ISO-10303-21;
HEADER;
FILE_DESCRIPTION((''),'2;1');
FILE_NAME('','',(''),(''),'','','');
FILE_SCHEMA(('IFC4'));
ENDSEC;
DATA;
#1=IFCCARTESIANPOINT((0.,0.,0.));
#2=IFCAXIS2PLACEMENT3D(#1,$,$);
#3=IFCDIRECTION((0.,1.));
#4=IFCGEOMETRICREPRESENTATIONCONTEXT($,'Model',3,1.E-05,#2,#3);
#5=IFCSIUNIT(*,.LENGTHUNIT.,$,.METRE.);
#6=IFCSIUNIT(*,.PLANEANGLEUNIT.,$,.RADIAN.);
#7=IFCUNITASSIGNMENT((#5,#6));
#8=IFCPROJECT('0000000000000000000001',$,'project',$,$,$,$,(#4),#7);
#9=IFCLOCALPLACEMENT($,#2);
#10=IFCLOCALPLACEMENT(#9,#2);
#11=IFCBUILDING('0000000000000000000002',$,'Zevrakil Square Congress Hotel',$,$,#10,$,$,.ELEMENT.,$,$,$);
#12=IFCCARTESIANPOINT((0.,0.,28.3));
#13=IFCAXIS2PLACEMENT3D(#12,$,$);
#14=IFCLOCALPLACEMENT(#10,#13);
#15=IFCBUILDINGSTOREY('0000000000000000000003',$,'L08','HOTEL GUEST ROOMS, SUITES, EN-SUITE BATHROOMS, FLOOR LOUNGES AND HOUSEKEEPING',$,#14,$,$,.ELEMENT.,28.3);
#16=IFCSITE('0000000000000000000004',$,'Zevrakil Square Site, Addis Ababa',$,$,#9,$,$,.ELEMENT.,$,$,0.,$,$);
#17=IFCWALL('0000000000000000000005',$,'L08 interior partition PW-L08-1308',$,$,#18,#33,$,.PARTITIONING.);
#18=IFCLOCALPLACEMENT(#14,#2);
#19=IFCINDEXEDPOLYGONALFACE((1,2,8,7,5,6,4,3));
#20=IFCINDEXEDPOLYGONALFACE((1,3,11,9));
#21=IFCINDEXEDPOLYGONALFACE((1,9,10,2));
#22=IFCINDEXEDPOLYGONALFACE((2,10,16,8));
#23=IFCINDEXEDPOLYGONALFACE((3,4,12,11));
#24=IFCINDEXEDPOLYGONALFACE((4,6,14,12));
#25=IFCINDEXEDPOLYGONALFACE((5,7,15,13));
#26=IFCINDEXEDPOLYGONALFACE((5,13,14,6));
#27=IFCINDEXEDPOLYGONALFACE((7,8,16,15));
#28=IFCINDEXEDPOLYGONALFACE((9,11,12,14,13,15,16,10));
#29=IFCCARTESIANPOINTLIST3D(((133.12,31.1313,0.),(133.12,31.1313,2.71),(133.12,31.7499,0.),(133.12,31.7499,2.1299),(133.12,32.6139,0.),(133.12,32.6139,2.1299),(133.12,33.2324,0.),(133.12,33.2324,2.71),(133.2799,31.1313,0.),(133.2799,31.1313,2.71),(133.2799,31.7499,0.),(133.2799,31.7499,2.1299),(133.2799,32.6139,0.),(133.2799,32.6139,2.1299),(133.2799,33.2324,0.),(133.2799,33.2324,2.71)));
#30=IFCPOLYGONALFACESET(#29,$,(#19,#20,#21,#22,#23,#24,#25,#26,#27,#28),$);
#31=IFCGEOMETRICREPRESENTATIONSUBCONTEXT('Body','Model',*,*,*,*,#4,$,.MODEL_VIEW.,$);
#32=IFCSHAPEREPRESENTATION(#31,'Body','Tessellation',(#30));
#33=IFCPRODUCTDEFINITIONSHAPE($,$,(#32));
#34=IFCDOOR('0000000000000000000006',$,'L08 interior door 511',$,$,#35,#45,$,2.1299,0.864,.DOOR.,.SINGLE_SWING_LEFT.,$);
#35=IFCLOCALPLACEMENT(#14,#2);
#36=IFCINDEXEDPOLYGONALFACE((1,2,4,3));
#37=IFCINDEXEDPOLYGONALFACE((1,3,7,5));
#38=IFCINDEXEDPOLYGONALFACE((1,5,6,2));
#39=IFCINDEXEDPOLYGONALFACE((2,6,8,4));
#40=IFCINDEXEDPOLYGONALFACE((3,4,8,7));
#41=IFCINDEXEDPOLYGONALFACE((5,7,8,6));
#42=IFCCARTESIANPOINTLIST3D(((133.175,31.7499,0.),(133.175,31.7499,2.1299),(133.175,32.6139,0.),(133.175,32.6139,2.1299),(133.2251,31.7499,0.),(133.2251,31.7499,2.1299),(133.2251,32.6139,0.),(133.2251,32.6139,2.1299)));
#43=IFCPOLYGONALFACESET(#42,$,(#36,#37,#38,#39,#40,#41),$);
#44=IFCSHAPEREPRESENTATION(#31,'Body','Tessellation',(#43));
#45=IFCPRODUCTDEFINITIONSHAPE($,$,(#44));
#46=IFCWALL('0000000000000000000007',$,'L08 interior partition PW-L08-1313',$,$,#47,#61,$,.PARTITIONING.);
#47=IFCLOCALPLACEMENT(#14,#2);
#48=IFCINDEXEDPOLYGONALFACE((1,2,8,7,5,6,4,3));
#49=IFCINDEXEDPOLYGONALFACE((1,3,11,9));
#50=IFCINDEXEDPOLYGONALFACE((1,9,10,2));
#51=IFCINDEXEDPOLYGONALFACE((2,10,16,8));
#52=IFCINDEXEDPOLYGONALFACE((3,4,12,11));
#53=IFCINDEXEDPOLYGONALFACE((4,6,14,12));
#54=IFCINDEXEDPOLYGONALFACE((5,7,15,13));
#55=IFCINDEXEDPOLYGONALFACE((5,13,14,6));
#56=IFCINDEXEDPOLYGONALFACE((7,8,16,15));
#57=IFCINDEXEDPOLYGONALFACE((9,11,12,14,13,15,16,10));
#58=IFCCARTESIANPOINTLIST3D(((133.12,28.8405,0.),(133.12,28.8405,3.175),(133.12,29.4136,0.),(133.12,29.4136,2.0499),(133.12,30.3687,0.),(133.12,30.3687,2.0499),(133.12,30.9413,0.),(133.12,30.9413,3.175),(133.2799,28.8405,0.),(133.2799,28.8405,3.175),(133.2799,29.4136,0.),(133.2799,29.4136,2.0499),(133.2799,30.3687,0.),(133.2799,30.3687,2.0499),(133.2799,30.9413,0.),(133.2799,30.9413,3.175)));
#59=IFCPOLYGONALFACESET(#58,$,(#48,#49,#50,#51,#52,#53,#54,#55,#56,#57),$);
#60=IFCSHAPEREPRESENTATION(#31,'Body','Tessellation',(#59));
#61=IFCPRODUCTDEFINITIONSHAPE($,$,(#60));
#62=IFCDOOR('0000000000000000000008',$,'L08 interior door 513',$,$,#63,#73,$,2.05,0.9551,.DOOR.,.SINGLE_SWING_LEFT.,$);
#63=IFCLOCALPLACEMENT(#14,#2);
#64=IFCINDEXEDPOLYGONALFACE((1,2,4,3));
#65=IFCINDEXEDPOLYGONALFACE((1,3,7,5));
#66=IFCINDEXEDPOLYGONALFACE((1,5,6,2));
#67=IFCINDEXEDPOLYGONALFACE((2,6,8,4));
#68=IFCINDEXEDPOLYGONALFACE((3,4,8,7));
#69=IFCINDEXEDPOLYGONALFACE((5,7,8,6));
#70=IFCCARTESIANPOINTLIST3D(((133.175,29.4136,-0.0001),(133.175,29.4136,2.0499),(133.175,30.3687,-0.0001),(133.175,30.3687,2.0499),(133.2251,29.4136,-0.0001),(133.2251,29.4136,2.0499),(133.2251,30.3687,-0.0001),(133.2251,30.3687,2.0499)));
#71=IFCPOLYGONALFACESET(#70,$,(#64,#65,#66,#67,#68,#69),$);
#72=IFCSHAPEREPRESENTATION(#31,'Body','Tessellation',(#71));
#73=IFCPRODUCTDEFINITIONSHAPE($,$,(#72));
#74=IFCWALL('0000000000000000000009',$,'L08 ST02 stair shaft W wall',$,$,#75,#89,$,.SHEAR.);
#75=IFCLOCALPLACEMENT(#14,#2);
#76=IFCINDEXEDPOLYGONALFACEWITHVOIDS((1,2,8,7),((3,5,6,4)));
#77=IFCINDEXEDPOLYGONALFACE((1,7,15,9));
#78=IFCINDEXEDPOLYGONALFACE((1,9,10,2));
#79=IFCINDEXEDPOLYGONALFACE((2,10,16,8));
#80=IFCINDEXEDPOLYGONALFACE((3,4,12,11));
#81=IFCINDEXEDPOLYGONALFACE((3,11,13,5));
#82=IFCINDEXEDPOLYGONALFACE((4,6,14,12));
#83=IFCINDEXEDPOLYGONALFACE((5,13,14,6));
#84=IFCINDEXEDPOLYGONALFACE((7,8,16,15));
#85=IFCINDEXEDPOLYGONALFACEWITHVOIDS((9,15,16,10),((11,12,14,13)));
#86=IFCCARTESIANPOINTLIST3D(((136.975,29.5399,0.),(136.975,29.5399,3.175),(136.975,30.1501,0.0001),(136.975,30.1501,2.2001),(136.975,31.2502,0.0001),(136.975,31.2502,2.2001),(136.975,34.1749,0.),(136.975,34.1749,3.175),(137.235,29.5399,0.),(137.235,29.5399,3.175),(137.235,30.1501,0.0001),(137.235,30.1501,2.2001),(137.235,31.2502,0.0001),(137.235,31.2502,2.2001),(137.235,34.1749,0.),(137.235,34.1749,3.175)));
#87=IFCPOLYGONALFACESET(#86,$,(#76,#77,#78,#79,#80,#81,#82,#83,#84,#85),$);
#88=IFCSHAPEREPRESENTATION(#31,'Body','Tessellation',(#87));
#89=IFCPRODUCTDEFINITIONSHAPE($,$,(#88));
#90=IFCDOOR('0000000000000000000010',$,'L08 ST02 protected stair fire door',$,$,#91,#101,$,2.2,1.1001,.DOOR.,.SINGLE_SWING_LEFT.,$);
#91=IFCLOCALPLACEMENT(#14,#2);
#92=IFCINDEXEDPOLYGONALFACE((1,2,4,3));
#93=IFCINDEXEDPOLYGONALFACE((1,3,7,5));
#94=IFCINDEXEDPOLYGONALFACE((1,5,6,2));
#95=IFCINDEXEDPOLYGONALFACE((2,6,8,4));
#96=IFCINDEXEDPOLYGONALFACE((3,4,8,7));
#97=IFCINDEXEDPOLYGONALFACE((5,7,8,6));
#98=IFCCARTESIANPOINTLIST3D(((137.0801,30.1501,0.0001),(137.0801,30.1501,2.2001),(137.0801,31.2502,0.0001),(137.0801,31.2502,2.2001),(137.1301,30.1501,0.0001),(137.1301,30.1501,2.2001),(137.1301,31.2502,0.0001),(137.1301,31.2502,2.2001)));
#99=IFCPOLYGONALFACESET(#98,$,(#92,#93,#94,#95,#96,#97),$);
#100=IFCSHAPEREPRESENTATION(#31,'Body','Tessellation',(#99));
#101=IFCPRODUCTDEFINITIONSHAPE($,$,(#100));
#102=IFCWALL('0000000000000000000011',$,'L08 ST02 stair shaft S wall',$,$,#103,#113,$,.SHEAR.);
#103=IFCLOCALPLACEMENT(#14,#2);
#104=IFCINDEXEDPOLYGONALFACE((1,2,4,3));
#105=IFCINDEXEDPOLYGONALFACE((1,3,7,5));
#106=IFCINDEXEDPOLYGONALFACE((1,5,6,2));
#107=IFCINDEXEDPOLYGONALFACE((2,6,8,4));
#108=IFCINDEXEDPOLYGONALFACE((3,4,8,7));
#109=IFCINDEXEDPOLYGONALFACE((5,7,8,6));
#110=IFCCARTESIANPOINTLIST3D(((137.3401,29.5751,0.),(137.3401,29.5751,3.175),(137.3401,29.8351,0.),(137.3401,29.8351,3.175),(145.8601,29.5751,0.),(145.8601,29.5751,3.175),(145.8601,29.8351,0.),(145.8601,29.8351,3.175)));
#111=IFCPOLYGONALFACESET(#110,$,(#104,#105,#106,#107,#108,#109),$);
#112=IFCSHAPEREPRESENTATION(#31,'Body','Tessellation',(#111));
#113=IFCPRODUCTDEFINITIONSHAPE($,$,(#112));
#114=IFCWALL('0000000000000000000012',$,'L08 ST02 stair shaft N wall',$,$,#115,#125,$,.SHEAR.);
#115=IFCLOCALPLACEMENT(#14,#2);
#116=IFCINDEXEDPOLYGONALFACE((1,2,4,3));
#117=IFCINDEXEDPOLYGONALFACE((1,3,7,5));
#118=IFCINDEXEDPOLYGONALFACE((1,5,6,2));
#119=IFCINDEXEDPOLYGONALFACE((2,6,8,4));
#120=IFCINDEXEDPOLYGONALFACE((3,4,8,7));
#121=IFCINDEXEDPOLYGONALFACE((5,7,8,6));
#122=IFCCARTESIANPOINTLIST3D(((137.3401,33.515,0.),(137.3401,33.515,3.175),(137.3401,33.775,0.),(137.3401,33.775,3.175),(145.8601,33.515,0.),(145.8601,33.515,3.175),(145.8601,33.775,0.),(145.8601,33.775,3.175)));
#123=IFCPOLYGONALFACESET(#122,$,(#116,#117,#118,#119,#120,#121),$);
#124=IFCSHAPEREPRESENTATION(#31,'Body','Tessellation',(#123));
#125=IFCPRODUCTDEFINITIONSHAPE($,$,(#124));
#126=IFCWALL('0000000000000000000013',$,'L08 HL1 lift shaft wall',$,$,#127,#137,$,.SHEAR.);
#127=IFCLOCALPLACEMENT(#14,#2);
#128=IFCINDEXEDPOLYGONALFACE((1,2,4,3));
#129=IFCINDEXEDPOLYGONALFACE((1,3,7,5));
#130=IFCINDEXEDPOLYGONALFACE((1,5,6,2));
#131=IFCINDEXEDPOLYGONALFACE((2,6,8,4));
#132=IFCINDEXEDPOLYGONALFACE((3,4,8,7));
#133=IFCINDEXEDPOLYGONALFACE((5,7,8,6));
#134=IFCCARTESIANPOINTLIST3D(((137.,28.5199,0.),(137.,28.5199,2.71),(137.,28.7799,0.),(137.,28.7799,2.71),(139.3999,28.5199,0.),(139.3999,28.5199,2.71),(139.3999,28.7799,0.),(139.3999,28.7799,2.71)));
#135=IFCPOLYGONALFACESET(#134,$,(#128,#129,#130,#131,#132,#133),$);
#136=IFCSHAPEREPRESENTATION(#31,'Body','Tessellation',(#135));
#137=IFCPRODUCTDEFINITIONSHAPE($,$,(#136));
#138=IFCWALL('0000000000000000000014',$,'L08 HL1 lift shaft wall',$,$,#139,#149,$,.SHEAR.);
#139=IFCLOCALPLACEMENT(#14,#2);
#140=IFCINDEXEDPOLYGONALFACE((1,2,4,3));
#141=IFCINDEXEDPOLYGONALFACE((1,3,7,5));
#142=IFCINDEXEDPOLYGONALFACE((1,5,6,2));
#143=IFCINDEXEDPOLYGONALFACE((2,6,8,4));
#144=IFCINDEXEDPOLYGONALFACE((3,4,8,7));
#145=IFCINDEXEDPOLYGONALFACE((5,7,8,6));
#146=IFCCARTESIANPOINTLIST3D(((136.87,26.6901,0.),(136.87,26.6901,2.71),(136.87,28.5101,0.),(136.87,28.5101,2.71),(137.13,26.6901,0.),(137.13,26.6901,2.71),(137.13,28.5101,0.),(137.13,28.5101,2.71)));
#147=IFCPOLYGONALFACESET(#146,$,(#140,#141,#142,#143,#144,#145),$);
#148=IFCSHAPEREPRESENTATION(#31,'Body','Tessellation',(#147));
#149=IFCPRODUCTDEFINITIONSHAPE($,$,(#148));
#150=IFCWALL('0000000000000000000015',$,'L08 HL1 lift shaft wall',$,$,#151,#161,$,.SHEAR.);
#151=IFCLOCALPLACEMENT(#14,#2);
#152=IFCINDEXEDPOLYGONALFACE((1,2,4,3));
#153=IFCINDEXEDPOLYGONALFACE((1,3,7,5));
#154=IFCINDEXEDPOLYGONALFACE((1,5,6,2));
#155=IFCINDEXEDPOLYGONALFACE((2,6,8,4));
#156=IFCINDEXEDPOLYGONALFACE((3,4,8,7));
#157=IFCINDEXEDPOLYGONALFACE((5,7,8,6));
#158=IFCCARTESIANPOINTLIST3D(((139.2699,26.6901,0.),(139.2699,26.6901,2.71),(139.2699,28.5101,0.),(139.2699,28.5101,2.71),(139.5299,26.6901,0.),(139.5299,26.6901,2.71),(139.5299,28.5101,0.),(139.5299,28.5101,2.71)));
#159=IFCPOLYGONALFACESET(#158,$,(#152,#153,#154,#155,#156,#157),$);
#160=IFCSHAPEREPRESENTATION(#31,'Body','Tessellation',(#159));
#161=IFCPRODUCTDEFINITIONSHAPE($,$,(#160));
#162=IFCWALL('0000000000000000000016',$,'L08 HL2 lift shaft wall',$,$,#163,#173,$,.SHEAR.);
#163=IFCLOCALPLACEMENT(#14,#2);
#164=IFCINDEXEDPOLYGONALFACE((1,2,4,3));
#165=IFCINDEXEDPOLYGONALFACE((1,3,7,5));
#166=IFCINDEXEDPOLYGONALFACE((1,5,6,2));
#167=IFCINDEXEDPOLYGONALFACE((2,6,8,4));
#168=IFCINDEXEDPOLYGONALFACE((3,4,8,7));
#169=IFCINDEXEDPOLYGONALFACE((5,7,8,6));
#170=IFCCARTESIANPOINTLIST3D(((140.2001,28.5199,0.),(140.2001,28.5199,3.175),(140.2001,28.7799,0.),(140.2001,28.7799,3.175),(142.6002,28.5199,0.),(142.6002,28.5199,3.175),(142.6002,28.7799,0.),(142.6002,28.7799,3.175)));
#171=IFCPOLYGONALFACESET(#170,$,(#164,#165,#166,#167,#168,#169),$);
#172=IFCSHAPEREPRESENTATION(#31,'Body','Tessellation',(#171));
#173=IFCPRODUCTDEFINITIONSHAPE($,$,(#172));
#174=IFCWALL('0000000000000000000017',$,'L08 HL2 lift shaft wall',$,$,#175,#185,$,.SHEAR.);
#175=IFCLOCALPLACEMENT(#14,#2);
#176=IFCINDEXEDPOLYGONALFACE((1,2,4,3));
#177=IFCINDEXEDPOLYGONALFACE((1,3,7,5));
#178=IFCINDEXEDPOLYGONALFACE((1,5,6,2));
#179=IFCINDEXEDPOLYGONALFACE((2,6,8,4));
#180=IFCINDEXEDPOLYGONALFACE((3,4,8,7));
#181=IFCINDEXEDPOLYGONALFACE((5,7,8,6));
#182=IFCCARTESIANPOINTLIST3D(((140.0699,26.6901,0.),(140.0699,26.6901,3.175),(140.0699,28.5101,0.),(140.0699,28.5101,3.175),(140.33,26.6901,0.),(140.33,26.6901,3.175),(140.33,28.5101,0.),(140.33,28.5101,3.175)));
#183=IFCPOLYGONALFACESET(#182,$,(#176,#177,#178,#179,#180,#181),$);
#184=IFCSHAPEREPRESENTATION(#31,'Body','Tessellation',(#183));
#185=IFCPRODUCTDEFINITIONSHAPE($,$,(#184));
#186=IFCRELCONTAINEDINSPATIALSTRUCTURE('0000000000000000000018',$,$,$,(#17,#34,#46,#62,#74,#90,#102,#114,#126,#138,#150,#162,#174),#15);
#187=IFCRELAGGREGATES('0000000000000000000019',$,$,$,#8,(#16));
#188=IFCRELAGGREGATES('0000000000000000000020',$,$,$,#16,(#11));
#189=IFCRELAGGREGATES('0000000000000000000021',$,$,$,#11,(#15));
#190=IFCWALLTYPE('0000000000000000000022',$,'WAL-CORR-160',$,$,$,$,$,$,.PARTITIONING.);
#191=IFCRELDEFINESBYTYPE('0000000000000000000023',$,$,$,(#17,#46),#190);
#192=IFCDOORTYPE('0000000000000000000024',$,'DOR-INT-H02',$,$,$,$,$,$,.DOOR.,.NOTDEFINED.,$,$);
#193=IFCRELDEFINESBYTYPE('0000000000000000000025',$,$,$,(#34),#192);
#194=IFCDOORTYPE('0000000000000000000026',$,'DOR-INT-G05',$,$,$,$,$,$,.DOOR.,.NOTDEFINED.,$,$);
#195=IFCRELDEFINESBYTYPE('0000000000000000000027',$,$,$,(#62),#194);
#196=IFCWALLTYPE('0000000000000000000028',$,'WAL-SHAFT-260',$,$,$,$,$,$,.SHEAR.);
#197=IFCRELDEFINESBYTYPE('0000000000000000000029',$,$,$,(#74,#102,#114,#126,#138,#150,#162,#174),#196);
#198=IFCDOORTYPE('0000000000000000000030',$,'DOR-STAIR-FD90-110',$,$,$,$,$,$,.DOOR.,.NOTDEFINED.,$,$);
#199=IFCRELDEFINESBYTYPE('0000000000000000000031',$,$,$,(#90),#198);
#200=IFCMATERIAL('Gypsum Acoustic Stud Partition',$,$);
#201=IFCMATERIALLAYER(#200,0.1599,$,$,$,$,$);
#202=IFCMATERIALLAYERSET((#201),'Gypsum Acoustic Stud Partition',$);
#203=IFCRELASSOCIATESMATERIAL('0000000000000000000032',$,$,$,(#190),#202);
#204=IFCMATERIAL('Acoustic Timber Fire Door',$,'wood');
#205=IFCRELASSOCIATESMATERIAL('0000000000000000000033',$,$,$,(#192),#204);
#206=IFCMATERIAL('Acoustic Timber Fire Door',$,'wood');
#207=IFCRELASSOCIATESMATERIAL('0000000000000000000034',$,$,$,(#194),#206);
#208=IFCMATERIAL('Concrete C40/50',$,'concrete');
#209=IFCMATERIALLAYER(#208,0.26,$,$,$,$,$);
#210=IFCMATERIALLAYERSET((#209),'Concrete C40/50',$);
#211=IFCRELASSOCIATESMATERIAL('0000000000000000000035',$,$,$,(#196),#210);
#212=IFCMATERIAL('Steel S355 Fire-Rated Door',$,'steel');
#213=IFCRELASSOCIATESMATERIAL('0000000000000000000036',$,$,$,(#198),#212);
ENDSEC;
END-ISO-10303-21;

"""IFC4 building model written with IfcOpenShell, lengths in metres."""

from ifc_helpers import new_model, si_unit, direction, frame, frame_2d, origin, place, context, subcontext, project, spatial, rectangle, extrude, material, layer, layer_set, type_object, element, fill, save


model = new_model("IFC4")

# Units and contexts
model_context = context("Model", 3, precision=1e-05, world=origin(), true_north=direction((0.0, 1.0)))
body_context = subcontext(model_context, "Body", "Model", "MODEL_VIEW")
ifc_project = project(units=[si_unit("LENGTHUNIT", "METRE"), si_unit("PLANEANGLEUNIT", "RADIAN")], contexts=[model_context])

# Site, building, storey
site_placement = place(None, origin())
site = spatial("IfcSite", under=ifc_project, at=site_placement, Name="Zevrakil Square Site, Addis Ababa", CompositionType="ELEMENT", RefElevation=0.0)
building_placement = place(site_placement, origin())
building = spatial("IfcBuilding", under=site, at=building_placement, Name="Zevrakil Square Congress Hotel", CompositionType="ELEMENT")
storey_placement = place(building_placement, frame((0.0, 0.0, 28.3)))
storey = spatial("IfcBuildingStorey", under=building, at=storey_placement, Name="L08", Description="HOTEL GUEST ROOMS, SUITES, EN-SUITE BATHROOMS, FLOOR LOUNGES AND HOUSEKEEPING", CompositionType="ELEMENT", Elevation=28.3)

# Shared definitions
ifc_material_1 = material(Name="Gypsum Acoustic Stud Partition")
ifc_layer_1 = layer(ifc_material_1, 0.1599)
ifc_layer_set_1 = layer_set([ifc_layer_1], Name="Gypsum Acoustic Stud Partition")
wall_type_1 = type_object("IfcWallType", Name="WAL-CORR-160", PredefinedType="PARTITIONING", material=ifc_layer_set_1)

# Walls, openings, doors
wall_1_placement = place(storey_placement, frame((133.2, 31.1313, 0.0), z_axis=(0.0, 0.0, 1.0), x_axis=(0.0, 1.0, 0.0)))
wall_1 = element("IfcWall", 1, at=wall_1_placement, inside=storey, type_object=wall_type_1, Name="L08 interior partition PW-L08-1308", PredefinedType="PARTITIONING", context=body_context, shape_type="SweptSolid", body=[
    extrude(rectangle(XDim=2.1011, YDim=0.1599, at=frame_2d((1.0505, 0.0))), origin(), (0.0, 0.0, 1.0), 2.71),
])
opening_1_placement = place(wall_1_placement, frame((0.6184, 0.0, 0.0)))
opening_1 = element("IfcOpeningElement", 2, at=opening_1_placement, cuts=wall_1, PredefinedType="OPENING", context=body_context, shape_type="SweptSolid", body=[
    extrude(rectangle(XDim=0.864, YDim=2.1299, at=frame_2d((0.4321, 1.0649))), frame((0.0, 0.0898, 0.0), z_axis=(0.0, -1.0, 0.0), x_axis=(1.0, 0.0, 0.0)), (0.0, 0.0, 1.0), 0.1799),
])
ifc_material_2 = material(Name="Acoustic Timber Fire Door", Category="wood")
door_type_1 = type_object("IfcDoorType", Name="DOR-INT-H02", OperationType="NOTDEFINED", PredefinedType="DOOR", material=ifc_material_2)
door_1_placement = place(opening_1_placement, origin())
door_1 = element("IfcDoor", 3, at=door_1_placement, inside=storey, type_object=door_type_1, Name="L08 interior door 511", OperationType="SINGLE_SWING_LEFT", OverallHeight=2.1299, OverallWidth=0.864, PredefinedType="DOOR", context=body_context, shape_type="SweptSolid", body=[
    extrude(rectangle(XDim=0.864, YDim=2.1299, at=frame_2d((0.4321, 1.0649))), frame((0.0, 0.0249, 0.0), z_axis=(0.0, -1.0, 0.0), x_axis=(1.0, 0.0, 0.0)), (0.0, 0.0, 1.0), 0.05),
])
fill(opening_1, door_1)
wall_2_placement = place(storey_placement, frame((133.2, 28.8406, 0.0), z_axis=(0.0, 0.0, 1.0), x_axis=(0.0, 1.0, 0.0)))
wall_2 = element("IfcWall", 4, at=wall_2_placement, inside=storey, type_object=wall_type_1, Name="L08 interior partition PW-L08-1313", PredefinedType="PARTITIONING", context=body_context, shape_type="SweptSolid", body=[
    extrude(rectangle(XDim=2.1008, YDim=0.1599, at=frame_2d((1.0503, 0.0))), origin(), (0.0, 0.0, 1.0), 3.175),
])
opening_2_placement = place(wall_2_placement, frame((0.573, 0.0, 0.0)))
opening_2 = element("IfcOpeningElement", 5, at=opening_2_placement, cuts=wall_2, PredefinedType="OPENING", context=body_context, shape_type="SweptSolid", body=[
    extrude(rectangle(XDim=0.9551, YDim=2.05, at=frame_2d((0.4775, 1.0249))), frame((0.0, 0.0898, 0.0), z_axis=(0.0, -1.0, 0.0), x_axis=(1.0, 0.0, 0.0)), (0.0, 0.0, 1.0), 0.1799),
])
ifc_material_3 = material(Name="Acoustic Timber Fire Door", Category="wood")
door_type_2 = type_object("IfcDoorType", Name="DOR-INT-G05", OperationType="NOTDEFINED", PredefinedType="DOOR", material=ifc_material_3)
door_2_placement = place(opening_2_placement, origin())
door_2 = element("IfcDoor", 6, at=door_2_placement, inside=storey, type_object=door_type_2, Name="L08 interior door 513", OperationType="SINGLE_SWING_LEFT", OverallHeight=2.05, OverallWidth=0.9551, PredefinedType="DOOR", context=body_context, shape_type="SweptSolid", body=[
    extrude(rectangle(XDim=0.9551, YDim=2.05, at=frame_2d((0.4775, 1.0249))), frame((0.0, 0.0249, 0.0), z_axis=(0.0, -1.0, 0.0), x_axis=(1.0, 0.0, 0.0)), (0.0, 0.0, 1.0), 0.05),
])
fill(opening_2, door_2)
ifc_material_4 = material(Name="Concrete C40/50", Category="concrete")
ifc_layer_2 = layer(ifc_material_4, 0.26)
ifc_layer_set_2 = layer_set([ifc_layer_2], Name="Concrete C40/50")
wall_type_2 = type_object("IfcWallType", Name="WAL-SHAFT-260", PredefinedType="SHEAR", material=ifc_layer_set_2)
wall_3_placement = place(storey_placement, frame((137.105, 29.54, 0.0), z_axis=(0.0, 0.0, 1.0), x_axis=(0.0, 1.0, 0.0)))
wall_3 = element("IfcWall", 7, at=wall_3_placement, inside=storey, type_object=wall_type_2, Name="L08 ST02 stair shaft W wall", PredefinedType="SHEAR", context=body_context, shape_type="SweptSolid", body=[
    extrude(rectangle(XDim=4.635, YDim=0.26, at=frame_2d((2.3174, 0.0))), origin(), (0.0, 0.0, 1.0), 3.175),
])
opening_3_placement = place(wall_3_placement, frame((0.6101, 0.0, 0.0)))
opening_3 = element("IfcOpeningElement", 8, at=opening_3_placement, cuts=wall_3, PredefinedType="OPENING", context=body_context, shape_type="SweptSolid", body=[
    extrude(rectangle(XDim=1.1001, YDim=2.2, at=frame_2d((0.55, 1.1001))), frame((0.0, 0.1401, 0.0), z_axis=(0.0, -1.0, 0.0), x_axis=(1.0, 0.0, 0.0)), (0.0, 0.0, 1.0), 0.28),
])
ifc_material_5 = material(Name="Steel S355 Fire-Rated Door", Category="steel")
door_type_3 = type_object("IfcDoorType", Name="DOR-STAIR-FD90-110", OperationType="NOTDEFINED", PredefinedType="DOOR", material=ifc_material_5)
door_3_placement = place(opening_3_placement, origin())
door_3 = element("IfcDoor", 9, at=door_3_placement, inside=storey, type_object=door_type_3, Name="L08 ST02 protected stair fire door", OperationType="SINGLE_SWING_LEFT", OverallHeight=2.2, OverallWidth=1.1001, PredefinedType="DOOR", context=body_context, shape_type="SweptSolid", body=[
    extrude(rectangle(XDim=1.1001, YDim=2.2, at=frame_2d((0.55, 1.1001))), frame((0.0, 0.0249, 0.0), z_axis=(0.0, -1.0, 0.0), x_axis=(1.0, 0.0, 0.0)), (0.0, 0.0, 1.0), 0.05),
])
fill(opening_3, door_3)

# Walls
for number, where, z_axis, x_axis, name in (
    (10, (137.3401, 29.7051, 0.0), (0.0, 0.0, 1.0), (1.0, 0.0, 0.0), "L08 ST02 stair shaft S wall"),
    (11, (137.3401, 33.645, 0.0), (0.0, 0.0, 1.0), (1.0, 0.0, 0.0), "L08 ST02 stair shaft N wall"),
):
    element("IfcWall", number, at=place(storey_placement, frame(where, z_axis=z_axis, x_axis=x_axis)), inside=storey, type_object=wall_type_2, Name=name, PredefinedType="SHEAR", context=body_context, shape_type="SweptSolid", body=[
        extrude(rectangle(XDim=8.52, YDim=0.26, at=frame_2d((4.26, 0.0))), origin(), (0.0, 0.0, 1.0), 3.175),
    ])
wall_4_placement = place(storey_placement, frame((137.0, 28.6499, 0.0), z_axis=(0.0, 0.0, 1.0), x_axis=(1.0, 0.0, 0.0)))
element("IfcWall", 12, at=wall_4_placement, inside=storey, type_object=wall_type_2, Name="L08 HL1 lift shaft wall", PredefinedType="SHEAR", context=body_context, shape_type="SweptSolid", body=[
    extrude(rectangle(XDim=2.3999, YDim=0.26, at=frame_2d((1.2, 0.0))), origin(), (0.0, 0.0, 1.0), 2.71),
])
for number, where, z_axis, x_axis, name in (
    (13, (137.0, 26.6899, 0.0), (0.0, 0.0, 1.0), (0.0, 1.0, 0.0), "L08 HL1 lift shaft wall"),
    (14, (139.3999, 26.6899, 0.0), (0.0, 0.0, 1.0), (0.0, 1.0, 0.0), "L08 HL1 lift shaft wall"),
):
    element("IfcWall", number, at=place(storey_placement, frame(where, z_axis=z_axis, x_axis=x_axis)), inside=storey, type_object=wall_type_2, Name=name, PredefinedType="SHEAR", context=body_context, shape_type="SweptSolid", body=[
        extrude(rectangle(XDim=1.8201, YDim=0.26, at=frame_2d((0.9102, 0.0))), origin(), (0.0, 0.0, 1.0), 2.71),
    ])
wall_5_placement = place(storey_placement, frame((140.2, 28.6499, 0.0), z_axis=(0.0, 0.0, 1.0), x_axis=(1.0, 0.0, 0.0)))
element("IfcWall", 15, at=wall_5_placement, inside=storey, type_object=wall_type_2, Name="L08 HL2 lift shaft wall", PredefinedType="SHEAR", context=body_context, shape_type="SweptSolid", body=[
    extrude(rectangle(XDim=2.4001, YDim=0.26, at=frame_2d((1.2002, 0.0))), origin(), (0.0, 0.0, 1.0), 3.175),
])
for number, where, z_axis, x_axis, name in (
    (16, (140.2, 26.6899, 0.0), (0.0, 0.0, 1.0), (0.0, 1.0, 0.0), "L08 HL2 lift shaft wall"),
):
    element("IfcWall", number, at=place(storey_placement, frame(where, z_axis=z_axis, x_axis=x_axis)), inside=storey, type_object=wall_type_2, Name=name, PredefinedType="SHEAR", context=body_context, shape_type="SweptSolid", body=[
        extrude(rectangle(XDim=1.8201, YDim=0.26, at=frame_2d((0.9102, 0.0))), origin(), (0.0, 0.0, 1.0), 3.175),
    ])

save(model, "model.ifc")
